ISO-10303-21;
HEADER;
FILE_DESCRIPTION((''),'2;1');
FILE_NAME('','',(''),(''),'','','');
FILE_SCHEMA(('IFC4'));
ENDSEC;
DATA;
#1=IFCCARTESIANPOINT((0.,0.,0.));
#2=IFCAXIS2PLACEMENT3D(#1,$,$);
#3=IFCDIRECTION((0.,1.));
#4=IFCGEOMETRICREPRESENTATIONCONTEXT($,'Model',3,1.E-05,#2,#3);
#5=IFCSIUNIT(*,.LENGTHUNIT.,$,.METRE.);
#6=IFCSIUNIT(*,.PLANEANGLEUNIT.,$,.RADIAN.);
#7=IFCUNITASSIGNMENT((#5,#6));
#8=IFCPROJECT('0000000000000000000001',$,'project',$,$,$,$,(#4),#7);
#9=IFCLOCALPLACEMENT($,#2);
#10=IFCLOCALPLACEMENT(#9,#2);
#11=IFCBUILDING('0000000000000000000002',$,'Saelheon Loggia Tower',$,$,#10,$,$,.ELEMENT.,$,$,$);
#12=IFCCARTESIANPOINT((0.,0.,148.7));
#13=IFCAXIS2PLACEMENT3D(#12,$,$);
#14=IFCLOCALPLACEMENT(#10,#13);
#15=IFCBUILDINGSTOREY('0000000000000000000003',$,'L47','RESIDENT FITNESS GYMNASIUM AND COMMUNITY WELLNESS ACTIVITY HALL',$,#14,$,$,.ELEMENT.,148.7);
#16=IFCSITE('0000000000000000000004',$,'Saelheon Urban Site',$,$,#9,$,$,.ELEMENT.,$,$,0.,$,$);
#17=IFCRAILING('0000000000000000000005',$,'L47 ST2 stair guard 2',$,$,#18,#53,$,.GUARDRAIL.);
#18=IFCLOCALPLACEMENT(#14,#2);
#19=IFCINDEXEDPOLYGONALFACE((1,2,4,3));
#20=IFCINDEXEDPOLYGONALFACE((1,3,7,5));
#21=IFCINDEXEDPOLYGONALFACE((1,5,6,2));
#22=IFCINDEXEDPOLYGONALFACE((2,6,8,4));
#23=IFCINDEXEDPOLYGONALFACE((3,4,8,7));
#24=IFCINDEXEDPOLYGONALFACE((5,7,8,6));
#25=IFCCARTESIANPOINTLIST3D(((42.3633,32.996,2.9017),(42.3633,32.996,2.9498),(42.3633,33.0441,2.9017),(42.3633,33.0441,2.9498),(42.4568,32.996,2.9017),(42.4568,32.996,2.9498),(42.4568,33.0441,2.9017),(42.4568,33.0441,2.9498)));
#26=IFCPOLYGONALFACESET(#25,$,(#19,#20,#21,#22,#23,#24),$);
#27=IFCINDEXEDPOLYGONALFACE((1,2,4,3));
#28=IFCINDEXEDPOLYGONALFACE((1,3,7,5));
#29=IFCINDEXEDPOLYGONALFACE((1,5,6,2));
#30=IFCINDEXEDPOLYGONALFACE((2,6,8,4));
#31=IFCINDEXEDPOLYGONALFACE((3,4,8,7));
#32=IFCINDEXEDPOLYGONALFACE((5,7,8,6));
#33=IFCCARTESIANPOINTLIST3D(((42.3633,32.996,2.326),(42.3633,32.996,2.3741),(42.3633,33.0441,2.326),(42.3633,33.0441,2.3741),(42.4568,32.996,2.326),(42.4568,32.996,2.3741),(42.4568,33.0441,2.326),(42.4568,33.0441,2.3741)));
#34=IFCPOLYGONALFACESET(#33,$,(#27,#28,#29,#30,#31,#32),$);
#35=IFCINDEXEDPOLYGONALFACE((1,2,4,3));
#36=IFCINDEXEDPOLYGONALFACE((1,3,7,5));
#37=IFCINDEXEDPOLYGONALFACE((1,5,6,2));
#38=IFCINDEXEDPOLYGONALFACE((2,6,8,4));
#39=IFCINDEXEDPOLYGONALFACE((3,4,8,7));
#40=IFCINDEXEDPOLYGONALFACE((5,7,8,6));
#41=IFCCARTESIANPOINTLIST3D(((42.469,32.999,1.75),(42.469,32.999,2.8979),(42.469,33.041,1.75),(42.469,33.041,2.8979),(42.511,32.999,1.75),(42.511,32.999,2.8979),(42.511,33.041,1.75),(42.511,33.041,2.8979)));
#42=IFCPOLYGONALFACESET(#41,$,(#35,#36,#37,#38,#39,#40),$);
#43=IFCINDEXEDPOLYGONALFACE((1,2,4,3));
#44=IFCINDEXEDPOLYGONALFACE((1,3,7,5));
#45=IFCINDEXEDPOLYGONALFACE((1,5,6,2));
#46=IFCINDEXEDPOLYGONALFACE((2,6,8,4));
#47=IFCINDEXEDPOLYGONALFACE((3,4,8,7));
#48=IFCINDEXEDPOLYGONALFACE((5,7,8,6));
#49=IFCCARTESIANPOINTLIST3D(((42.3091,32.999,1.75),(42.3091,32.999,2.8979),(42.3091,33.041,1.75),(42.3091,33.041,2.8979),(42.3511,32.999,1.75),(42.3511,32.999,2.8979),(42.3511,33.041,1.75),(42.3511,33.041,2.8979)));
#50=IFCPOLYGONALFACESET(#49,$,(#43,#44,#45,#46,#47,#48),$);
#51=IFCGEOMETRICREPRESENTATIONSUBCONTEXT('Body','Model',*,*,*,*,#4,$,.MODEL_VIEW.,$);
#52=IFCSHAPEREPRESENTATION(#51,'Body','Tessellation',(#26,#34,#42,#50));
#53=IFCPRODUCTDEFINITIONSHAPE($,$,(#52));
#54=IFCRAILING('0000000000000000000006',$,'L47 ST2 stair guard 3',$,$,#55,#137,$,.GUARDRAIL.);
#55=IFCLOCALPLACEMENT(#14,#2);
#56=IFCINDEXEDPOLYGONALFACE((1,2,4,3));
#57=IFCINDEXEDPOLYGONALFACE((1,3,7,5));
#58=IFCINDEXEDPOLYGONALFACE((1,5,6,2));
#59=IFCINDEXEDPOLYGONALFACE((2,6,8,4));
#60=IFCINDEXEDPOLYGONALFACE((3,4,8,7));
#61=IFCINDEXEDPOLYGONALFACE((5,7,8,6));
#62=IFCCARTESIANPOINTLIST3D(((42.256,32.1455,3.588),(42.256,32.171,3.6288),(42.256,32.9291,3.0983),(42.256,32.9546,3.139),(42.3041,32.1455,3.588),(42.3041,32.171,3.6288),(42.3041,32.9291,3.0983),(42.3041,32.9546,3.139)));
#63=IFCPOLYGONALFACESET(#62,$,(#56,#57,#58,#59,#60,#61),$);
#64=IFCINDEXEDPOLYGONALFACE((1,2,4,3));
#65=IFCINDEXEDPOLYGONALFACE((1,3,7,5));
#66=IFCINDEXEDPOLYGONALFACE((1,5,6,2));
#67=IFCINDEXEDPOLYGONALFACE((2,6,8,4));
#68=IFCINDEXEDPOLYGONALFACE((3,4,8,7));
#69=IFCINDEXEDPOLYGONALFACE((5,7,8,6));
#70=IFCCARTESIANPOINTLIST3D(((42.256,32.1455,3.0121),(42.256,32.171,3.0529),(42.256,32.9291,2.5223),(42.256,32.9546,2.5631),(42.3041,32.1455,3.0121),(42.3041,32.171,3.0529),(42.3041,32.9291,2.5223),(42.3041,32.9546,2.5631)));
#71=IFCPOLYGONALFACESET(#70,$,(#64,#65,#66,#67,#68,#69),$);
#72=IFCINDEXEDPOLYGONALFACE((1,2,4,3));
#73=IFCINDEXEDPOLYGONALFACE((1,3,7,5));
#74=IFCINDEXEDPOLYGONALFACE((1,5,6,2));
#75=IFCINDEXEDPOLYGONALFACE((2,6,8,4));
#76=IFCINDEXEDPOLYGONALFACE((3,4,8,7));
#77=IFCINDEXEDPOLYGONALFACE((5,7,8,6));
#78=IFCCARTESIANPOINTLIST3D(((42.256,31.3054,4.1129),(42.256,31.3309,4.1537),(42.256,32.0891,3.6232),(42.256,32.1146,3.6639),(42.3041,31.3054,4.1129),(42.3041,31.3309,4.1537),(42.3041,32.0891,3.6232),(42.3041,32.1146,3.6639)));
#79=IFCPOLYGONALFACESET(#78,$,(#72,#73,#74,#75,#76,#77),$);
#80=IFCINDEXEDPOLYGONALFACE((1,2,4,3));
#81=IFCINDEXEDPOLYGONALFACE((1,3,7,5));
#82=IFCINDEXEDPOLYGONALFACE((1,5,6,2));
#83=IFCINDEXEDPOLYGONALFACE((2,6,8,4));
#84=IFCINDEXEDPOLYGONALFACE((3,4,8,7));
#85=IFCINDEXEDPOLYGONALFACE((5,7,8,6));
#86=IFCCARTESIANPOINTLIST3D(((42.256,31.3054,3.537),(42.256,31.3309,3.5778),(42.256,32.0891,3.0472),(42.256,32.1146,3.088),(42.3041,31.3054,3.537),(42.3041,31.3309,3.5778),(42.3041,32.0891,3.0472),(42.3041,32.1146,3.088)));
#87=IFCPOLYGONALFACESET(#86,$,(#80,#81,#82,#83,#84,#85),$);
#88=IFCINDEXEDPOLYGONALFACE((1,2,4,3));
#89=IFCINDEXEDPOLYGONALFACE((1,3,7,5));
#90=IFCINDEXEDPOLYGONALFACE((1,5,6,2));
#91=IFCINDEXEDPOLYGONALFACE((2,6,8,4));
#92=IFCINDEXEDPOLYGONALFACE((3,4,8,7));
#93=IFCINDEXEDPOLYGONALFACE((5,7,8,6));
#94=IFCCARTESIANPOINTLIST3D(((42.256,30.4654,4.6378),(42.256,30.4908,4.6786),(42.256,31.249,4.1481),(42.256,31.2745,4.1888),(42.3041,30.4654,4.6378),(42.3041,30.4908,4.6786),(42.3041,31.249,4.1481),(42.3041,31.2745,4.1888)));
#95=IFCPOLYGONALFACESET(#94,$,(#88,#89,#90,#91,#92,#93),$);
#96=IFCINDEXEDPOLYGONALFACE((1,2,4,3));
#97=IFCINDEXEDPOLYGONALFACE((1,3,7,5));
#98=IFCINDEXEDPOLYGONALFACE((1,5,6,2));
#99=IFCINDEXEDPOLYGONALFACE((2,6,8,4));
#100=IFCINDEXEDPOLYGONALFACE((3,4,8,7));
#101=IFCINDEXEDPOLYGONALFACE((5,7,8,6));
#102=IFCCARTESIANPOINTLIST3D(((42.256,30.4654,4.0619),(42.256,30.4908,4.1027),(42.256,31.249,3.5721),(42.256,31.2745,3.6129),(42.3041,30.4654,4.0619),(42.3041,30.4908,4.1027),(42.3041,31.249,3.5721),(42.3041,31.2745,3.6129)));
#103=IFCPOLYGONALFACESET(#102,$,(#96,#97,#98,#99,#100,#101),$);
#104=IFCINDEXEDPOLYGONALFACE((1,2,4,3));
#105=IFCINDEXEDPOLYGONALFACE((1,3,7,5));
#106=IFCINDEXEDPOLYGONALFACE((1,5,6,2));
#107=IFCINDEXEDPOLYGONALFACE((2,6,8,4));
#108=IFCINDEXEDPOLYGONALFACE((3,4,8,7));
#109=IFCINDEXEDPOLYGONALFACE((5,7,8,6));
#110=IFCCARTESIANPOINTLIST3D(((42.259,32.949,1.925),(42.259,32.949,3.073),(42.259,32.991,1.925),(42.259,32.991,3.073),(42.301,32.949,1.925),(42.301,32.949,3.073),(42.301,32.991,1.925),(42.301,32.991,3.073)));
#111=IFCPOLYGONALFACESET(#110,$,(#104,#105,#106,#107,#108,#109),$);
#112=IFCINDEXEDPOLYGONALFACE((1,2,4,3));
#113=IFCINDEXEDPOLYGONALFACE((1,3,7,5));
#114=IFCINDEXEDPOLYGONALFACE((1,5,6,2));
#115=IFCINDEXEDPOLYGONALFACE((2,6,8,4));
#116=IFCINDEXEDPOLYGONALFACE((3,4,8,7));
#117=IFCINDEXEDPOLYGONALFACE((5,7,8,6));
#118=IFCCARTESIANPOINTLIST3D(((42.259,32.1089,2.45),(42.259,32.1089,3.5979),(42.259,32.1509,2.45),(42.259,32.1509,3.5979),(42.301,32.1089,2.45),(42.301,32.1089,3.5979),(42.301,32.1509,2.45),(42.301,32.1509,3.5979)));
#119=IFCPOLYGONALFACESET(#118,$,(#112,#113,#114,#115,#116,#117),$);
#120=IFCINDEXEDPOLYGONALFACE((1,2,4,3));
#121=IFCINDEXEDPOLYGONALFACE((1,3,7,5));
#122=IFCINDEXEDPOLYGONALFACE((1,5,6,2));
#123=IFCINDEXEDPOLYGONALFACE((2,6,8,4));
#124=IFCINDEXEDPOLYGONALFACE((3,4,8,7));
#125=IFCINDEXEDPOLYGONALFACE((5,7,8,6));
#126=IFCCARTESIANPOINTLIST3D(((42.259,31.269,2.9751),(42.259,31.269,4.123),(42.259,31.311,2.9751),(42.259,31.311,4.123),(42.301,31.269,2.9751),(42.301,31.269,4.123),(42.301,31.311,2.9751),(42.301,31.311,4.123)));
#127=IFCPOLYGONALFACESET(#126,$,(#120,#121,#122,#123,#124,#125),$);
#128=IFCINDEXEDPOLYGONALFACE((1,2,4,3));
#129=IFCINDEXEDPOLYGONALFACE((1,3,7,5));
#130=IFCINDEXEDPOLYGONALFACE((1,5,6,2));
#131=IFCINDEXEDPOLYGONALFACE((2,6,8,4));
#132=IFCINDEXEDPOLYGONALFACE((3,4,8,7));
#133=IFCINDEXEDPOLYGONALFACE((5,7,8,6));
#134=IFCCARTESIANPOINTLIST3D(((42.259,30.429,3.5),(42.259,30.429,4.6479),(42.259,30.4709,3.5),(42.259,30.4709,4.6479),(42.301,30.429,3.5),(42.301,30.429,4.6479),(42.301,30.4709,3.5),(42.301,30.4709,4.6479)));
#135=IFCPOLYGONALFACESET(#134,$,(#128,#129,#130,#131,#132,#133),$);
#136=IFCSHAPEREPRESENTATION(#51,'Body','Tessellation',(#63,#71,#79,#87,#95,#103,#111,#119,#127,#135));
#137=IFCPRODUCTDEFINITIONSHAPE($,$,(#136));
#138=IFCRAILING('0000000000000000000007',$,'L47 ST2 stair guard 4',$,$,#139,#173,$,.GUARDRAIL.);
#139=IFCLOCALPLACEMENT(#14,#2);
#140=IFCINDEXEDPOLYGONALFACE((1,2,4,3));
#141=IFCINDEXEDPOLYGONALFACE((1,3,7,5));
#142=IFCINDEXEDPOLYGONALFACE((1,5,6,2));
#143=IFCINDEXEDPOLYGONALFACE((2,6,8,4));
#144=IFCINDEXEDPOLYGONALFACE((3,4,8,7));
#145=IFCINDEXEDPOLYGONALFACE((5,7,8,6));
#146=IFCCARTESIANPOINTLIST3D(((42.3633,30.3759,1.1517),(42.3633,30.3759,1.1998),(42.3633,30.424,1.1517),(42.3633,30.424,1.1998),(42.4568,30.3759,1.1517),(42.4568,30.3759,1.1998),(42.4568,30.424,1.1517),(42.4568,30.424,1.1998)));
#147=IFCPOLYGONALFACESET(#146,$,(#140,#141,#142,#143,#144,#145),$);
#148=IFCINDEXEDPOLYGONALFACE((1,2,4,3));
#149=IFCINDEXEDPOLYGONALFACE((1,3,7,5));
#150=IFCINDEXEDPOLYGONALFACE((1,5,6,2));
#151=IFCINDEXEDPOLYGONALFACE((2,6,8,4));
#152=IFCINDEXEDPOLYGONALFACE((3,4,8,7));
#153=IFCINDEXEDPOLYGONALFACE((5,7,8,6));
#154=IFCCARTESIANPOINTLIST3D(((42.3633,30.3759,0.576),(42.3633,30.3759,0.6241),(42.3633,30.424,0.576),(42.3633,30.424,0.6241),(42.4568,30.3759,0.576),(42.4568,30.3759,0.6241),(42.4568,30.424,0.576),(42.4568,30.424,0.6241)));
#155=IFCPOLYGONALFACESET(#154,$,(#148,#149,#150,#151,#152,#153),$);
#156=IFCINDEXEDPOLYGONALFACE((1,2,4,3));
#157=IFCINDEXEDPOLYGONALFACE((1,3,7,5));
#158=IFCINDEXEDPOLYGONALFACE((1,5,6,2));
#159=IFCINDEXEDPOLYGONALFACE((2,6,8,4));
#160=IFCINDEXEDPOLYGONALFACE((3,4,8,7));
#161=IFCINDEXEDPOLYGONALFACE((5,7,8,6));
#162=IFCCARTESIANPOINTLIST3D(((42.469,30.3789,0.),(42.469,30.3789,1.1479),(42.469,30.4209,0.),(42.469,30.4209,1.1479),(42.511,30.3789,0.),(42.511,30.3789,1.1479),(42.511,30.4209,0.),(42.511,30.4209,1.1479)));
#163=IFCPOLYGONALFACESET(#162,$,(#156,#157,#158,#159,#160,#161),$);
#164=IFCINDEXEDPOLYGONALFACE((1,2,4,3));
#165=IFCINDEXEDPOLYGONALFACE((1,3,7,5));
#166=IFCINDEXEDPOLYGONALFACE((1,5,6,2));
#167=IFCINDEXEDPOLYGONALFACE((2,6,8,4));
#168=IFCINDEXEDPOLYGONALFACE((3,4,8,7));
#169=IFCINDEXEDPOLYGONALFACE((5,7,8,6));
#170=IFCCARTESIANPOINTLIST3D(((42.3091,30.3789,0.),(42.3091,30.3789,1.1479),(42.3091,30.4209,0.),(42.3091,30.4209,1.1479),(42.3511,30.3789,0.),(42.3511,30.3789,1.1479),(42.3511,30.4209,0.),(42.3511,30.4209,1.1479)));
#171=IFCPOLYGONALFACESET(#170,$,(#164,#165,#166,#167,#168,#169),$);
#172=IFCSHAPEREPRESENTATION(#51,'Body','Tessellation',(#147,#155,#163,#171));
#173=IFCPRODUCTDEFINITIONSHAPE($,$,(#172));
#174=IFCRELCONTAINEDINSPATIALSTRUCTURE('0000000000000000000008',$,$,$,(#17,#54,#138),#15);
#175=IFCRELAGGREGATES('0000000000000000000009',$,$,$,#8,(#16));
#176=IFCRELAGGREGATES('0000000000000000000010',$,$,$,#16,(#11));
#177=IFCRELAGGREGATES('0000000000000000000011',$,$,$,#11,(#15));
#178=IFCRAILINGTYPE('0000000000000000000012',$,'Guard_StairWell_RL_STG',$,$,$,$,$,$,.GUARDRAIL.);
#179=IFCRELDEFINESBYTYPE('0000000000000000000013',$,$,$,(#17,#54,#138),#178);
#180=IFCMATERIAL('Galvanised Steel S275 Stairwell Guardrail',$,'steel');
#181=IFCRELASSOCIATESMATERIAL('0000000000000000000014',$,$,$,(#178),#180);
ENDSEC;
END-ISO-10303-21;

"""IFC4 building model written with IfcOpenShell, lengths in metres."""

from ifc_helpers import new_model, si_unit, direction, frame, origin, origin_2d, place, context, subcontext, project, spatial, rectangle, extrude, material, type_object, element, save


model = new_model("IFC4")

# Units and contexts
model_context = context("Model", 3, precision=1e-05, world=origin(), true_north=direction((0.0, 1.0)))
body_context = subcontext(model_context, "Body", "Model", "MODEL_VIEW")
ifc_project = project(units=[si_unit("LENGTHUNIT", "METRE"), si_unit("PLANEANGLEUNIT", "RADIAN")], contexts=[model_context])

# Site, building, storey
site_placement = place(None, origin())
site = spatial("IfcSite", under=ifc_project, at=site_placement, Name="Saelheon Urban Site", CompositionType="ELEMENT", RefElevation=0.0)
building_placement = place(site_placement, origin())
building = spatial("IfcBuilding", under=site, at=building_placement, Name="Saelheon Loggia Tower", CompositionType="ELEMENT")
storey_placement = place(building_placement, frame((0.0, 0.0, 148.7)))
storey = spatial("IfcBuildingStorey", under=building, at=storey_placement, Name="L47", Description="RESIDENT FITNESS GYMNASIUM AND COMMUNITY WELLNESS ACTIVITY HALL", CompositionType="ELEMENT", Elevation=148.7)

# Railings
ifc_material_1 = material(Name="Galvanised Steel S275 Stairwell Guardrail", Category="steel")
railing_type_1 = type_object("IfcRailingType", Name="Guard_StairWell_RL_STG", PredefinedType="GUARDRAIL", material=ifc_material_1)
railing_1_placement = place(storey_placement, frame((42.49, 33.02, 1.75)))
element("IfcRailing", 1, at=railing_1_placement, inside=storey, type_object=railing_type_1, Name="L47 ST2 stair guard 2", PredefinedType="GUARDRAIL", context=body_context, shape_type="SweptSolid", body=[
    extrude(rectangle(XDim=0.0481, YDim=0.0481, at=origin_2d()), frame((-0.0332, 0.0, 1.1758), z_axis=(-1.0, 0.0, 0.0), x_axis=(0.0, -1.0, 0.0)), (0.0, 0.0, 1.0), 0.0935),
    extrude(rectangle(XDim=0.0481, YDim=0.0481, at=origin_2d()), frame((-0.0332, 0.0, 0.6001), z_axis=(-1.0, 0.0, 0.0), x_axis=(0.0, -1.0, 0.0)), (0.0, 0.0, 1.0), 0.0935),
    extrude(rectangle(XDim=0.042, YDim=0.042, at=origin_2d()), origin(), (0.0, 0.0, 1.0), 1.1479),
    extrude(rectangle(XDim=0.042, YDim=0.042, at=origin_2d()), frame((-0.1599, 0.0, 0.0)), (0.0, 0.0, 1.0), 1.1479),
])
railing_2_placement = place(storey_placement, frame((42.28, 32.97, 1.925)))
element("IfcRailing", 2, at=railing_2_placement, inside=storey, type_object=railing_type_1, Name="L47 ST2 stair guard 3", PredefinedType="GUARDRAIL", context=body_context, shape_type="SweptSolid", body=[
    extrude(rectangle(XDim=0.0481, YDim=0.0481, at=origin_2d()), frame((0.0, -0.0281, 1.1936), z_axis=(0.0, -0.848008, 0.529984), x_axis=(1.0, 0.0, 0.0)), (0.0, 0.0, 1.0), 0.9241),
    extrude(rectangle(XDim=0.0481, YDim=0.0481, at=origin_2d()), frame((0.0, -0.0281, 0.6177), z_axis=(0.0, -0.848008, 0.529984), x_axis=(1.0, 0.0, 0.0)), (0.0, 0.0, 1.0), 0.9241),
    extrude(rectangle(XDim=0.0481, YDim=0.0481, at=origin_2d()), frame((0.0, -0.8682, 1.7185), z_axis=(0.0, -0.848008, 0.529984), x_axis=(1.0, 0.0, 0.0)), (0.0, 0.0, 1.0), 0.9241),
    extrude(rectangle(XDim=0.0481, YDim=0.0481, at=origin_2d()), frame((0.0, -0.8682, 1.1426), z_axis=(0.0, -0.848008, 0.529984), x_axis=(1.0, 0.0, 0.0)), (0.0, 0.0, 1.0), 0.9241),
    extrude(rectangle(XDim=0.0481, YDim=0.0481, at=origin_2d()), frame((0.0, -1.7083, 2.2434), z_axis=(0.0, -0.848008, 0.529984), x_axis=(1.0, 0.0, 0.0)), (0.0, 0.0, 1.0), 0.9241),
    extrude(rectangle(XDim=0.0481, YDim=0.0481, at=origin_2d()), frame((0.0, -1.7083, 1.6675), z_axis=(0.0, -0.848008, 0.529984), x_axis=(1.0, 0.0, 0.0)), (0.0, 0.0, 1.0), 0.9241),
    extrude(rectangle(XDim=0.042, YDim=0.042, at=origin_2d()), origin(), (0.0, 0.0, 1.0), 1.1479),
    extrude(rectangle(XDim=0.042, YDim=0.042, at=origin_2d()), frame((0.0, -0.8401, 0.5249)), (0.0, 0.0, 1.0), 1.1479),
    extrude(rectangle(XDim=0.042, YDim=0.042, at=origin_2d()), frame((0.0, -1.6799, 1.05)), (0.0, 0.0, 1.0), 1.1479),
    extrude(rectangle(XDim=0.042, YDim=0.042, at=origin_2d()), frame((0.0, -2.52, 1.575)), (0.0, 0.0, 1.0), 1.1479),
])
railing_3_placement = place(storey_placement, frame((42.49, 30.3999, 0.0)))
element("IfcRailing", 3, at=railing_3_placement, inside=storey, type_object=railing_type_1, Name="L47 ST2 stair guard 4", PredefinedType="GUARDRAIL", context=body_context, shape_type="SweptSolid", body=[
    extrude(rectangle(XDim=0.0481, YDim=0.0481, at=origin_2d()), frame((-0.0332, 0.0, 1.1758), z_axis=(-1.0, 0.0, 0.0), x_axis=(0.0, -1.0, 0.0)), (0.0, 0.0, 1.0), 0.0935),
    extrude(rectangle(XDim=0.0481, YDim=0.0481, at=origin_2d()), frame((-0.0332, 0.0, 0.6001), z_axis=(-1.0, 0.0, 0.0), x_axis=(0.0, -1.0, 0.0)), (0.0, 0.0, 1.0), 0.0935),
    extrude(rectangle(XDim=0.042, YDim=0.042, at=origin_2d()), origin(), (0.0, 0.0, 1.0), 1.1479),
    extrude(rectangle(XDim=0.042, YDim=0.042, at=origin_2d()), frame((-0.1599, 0.0, 0.0)), (0.0, 0.0, 1.0), 1.1479),
])

save(model, "model.ifc")
